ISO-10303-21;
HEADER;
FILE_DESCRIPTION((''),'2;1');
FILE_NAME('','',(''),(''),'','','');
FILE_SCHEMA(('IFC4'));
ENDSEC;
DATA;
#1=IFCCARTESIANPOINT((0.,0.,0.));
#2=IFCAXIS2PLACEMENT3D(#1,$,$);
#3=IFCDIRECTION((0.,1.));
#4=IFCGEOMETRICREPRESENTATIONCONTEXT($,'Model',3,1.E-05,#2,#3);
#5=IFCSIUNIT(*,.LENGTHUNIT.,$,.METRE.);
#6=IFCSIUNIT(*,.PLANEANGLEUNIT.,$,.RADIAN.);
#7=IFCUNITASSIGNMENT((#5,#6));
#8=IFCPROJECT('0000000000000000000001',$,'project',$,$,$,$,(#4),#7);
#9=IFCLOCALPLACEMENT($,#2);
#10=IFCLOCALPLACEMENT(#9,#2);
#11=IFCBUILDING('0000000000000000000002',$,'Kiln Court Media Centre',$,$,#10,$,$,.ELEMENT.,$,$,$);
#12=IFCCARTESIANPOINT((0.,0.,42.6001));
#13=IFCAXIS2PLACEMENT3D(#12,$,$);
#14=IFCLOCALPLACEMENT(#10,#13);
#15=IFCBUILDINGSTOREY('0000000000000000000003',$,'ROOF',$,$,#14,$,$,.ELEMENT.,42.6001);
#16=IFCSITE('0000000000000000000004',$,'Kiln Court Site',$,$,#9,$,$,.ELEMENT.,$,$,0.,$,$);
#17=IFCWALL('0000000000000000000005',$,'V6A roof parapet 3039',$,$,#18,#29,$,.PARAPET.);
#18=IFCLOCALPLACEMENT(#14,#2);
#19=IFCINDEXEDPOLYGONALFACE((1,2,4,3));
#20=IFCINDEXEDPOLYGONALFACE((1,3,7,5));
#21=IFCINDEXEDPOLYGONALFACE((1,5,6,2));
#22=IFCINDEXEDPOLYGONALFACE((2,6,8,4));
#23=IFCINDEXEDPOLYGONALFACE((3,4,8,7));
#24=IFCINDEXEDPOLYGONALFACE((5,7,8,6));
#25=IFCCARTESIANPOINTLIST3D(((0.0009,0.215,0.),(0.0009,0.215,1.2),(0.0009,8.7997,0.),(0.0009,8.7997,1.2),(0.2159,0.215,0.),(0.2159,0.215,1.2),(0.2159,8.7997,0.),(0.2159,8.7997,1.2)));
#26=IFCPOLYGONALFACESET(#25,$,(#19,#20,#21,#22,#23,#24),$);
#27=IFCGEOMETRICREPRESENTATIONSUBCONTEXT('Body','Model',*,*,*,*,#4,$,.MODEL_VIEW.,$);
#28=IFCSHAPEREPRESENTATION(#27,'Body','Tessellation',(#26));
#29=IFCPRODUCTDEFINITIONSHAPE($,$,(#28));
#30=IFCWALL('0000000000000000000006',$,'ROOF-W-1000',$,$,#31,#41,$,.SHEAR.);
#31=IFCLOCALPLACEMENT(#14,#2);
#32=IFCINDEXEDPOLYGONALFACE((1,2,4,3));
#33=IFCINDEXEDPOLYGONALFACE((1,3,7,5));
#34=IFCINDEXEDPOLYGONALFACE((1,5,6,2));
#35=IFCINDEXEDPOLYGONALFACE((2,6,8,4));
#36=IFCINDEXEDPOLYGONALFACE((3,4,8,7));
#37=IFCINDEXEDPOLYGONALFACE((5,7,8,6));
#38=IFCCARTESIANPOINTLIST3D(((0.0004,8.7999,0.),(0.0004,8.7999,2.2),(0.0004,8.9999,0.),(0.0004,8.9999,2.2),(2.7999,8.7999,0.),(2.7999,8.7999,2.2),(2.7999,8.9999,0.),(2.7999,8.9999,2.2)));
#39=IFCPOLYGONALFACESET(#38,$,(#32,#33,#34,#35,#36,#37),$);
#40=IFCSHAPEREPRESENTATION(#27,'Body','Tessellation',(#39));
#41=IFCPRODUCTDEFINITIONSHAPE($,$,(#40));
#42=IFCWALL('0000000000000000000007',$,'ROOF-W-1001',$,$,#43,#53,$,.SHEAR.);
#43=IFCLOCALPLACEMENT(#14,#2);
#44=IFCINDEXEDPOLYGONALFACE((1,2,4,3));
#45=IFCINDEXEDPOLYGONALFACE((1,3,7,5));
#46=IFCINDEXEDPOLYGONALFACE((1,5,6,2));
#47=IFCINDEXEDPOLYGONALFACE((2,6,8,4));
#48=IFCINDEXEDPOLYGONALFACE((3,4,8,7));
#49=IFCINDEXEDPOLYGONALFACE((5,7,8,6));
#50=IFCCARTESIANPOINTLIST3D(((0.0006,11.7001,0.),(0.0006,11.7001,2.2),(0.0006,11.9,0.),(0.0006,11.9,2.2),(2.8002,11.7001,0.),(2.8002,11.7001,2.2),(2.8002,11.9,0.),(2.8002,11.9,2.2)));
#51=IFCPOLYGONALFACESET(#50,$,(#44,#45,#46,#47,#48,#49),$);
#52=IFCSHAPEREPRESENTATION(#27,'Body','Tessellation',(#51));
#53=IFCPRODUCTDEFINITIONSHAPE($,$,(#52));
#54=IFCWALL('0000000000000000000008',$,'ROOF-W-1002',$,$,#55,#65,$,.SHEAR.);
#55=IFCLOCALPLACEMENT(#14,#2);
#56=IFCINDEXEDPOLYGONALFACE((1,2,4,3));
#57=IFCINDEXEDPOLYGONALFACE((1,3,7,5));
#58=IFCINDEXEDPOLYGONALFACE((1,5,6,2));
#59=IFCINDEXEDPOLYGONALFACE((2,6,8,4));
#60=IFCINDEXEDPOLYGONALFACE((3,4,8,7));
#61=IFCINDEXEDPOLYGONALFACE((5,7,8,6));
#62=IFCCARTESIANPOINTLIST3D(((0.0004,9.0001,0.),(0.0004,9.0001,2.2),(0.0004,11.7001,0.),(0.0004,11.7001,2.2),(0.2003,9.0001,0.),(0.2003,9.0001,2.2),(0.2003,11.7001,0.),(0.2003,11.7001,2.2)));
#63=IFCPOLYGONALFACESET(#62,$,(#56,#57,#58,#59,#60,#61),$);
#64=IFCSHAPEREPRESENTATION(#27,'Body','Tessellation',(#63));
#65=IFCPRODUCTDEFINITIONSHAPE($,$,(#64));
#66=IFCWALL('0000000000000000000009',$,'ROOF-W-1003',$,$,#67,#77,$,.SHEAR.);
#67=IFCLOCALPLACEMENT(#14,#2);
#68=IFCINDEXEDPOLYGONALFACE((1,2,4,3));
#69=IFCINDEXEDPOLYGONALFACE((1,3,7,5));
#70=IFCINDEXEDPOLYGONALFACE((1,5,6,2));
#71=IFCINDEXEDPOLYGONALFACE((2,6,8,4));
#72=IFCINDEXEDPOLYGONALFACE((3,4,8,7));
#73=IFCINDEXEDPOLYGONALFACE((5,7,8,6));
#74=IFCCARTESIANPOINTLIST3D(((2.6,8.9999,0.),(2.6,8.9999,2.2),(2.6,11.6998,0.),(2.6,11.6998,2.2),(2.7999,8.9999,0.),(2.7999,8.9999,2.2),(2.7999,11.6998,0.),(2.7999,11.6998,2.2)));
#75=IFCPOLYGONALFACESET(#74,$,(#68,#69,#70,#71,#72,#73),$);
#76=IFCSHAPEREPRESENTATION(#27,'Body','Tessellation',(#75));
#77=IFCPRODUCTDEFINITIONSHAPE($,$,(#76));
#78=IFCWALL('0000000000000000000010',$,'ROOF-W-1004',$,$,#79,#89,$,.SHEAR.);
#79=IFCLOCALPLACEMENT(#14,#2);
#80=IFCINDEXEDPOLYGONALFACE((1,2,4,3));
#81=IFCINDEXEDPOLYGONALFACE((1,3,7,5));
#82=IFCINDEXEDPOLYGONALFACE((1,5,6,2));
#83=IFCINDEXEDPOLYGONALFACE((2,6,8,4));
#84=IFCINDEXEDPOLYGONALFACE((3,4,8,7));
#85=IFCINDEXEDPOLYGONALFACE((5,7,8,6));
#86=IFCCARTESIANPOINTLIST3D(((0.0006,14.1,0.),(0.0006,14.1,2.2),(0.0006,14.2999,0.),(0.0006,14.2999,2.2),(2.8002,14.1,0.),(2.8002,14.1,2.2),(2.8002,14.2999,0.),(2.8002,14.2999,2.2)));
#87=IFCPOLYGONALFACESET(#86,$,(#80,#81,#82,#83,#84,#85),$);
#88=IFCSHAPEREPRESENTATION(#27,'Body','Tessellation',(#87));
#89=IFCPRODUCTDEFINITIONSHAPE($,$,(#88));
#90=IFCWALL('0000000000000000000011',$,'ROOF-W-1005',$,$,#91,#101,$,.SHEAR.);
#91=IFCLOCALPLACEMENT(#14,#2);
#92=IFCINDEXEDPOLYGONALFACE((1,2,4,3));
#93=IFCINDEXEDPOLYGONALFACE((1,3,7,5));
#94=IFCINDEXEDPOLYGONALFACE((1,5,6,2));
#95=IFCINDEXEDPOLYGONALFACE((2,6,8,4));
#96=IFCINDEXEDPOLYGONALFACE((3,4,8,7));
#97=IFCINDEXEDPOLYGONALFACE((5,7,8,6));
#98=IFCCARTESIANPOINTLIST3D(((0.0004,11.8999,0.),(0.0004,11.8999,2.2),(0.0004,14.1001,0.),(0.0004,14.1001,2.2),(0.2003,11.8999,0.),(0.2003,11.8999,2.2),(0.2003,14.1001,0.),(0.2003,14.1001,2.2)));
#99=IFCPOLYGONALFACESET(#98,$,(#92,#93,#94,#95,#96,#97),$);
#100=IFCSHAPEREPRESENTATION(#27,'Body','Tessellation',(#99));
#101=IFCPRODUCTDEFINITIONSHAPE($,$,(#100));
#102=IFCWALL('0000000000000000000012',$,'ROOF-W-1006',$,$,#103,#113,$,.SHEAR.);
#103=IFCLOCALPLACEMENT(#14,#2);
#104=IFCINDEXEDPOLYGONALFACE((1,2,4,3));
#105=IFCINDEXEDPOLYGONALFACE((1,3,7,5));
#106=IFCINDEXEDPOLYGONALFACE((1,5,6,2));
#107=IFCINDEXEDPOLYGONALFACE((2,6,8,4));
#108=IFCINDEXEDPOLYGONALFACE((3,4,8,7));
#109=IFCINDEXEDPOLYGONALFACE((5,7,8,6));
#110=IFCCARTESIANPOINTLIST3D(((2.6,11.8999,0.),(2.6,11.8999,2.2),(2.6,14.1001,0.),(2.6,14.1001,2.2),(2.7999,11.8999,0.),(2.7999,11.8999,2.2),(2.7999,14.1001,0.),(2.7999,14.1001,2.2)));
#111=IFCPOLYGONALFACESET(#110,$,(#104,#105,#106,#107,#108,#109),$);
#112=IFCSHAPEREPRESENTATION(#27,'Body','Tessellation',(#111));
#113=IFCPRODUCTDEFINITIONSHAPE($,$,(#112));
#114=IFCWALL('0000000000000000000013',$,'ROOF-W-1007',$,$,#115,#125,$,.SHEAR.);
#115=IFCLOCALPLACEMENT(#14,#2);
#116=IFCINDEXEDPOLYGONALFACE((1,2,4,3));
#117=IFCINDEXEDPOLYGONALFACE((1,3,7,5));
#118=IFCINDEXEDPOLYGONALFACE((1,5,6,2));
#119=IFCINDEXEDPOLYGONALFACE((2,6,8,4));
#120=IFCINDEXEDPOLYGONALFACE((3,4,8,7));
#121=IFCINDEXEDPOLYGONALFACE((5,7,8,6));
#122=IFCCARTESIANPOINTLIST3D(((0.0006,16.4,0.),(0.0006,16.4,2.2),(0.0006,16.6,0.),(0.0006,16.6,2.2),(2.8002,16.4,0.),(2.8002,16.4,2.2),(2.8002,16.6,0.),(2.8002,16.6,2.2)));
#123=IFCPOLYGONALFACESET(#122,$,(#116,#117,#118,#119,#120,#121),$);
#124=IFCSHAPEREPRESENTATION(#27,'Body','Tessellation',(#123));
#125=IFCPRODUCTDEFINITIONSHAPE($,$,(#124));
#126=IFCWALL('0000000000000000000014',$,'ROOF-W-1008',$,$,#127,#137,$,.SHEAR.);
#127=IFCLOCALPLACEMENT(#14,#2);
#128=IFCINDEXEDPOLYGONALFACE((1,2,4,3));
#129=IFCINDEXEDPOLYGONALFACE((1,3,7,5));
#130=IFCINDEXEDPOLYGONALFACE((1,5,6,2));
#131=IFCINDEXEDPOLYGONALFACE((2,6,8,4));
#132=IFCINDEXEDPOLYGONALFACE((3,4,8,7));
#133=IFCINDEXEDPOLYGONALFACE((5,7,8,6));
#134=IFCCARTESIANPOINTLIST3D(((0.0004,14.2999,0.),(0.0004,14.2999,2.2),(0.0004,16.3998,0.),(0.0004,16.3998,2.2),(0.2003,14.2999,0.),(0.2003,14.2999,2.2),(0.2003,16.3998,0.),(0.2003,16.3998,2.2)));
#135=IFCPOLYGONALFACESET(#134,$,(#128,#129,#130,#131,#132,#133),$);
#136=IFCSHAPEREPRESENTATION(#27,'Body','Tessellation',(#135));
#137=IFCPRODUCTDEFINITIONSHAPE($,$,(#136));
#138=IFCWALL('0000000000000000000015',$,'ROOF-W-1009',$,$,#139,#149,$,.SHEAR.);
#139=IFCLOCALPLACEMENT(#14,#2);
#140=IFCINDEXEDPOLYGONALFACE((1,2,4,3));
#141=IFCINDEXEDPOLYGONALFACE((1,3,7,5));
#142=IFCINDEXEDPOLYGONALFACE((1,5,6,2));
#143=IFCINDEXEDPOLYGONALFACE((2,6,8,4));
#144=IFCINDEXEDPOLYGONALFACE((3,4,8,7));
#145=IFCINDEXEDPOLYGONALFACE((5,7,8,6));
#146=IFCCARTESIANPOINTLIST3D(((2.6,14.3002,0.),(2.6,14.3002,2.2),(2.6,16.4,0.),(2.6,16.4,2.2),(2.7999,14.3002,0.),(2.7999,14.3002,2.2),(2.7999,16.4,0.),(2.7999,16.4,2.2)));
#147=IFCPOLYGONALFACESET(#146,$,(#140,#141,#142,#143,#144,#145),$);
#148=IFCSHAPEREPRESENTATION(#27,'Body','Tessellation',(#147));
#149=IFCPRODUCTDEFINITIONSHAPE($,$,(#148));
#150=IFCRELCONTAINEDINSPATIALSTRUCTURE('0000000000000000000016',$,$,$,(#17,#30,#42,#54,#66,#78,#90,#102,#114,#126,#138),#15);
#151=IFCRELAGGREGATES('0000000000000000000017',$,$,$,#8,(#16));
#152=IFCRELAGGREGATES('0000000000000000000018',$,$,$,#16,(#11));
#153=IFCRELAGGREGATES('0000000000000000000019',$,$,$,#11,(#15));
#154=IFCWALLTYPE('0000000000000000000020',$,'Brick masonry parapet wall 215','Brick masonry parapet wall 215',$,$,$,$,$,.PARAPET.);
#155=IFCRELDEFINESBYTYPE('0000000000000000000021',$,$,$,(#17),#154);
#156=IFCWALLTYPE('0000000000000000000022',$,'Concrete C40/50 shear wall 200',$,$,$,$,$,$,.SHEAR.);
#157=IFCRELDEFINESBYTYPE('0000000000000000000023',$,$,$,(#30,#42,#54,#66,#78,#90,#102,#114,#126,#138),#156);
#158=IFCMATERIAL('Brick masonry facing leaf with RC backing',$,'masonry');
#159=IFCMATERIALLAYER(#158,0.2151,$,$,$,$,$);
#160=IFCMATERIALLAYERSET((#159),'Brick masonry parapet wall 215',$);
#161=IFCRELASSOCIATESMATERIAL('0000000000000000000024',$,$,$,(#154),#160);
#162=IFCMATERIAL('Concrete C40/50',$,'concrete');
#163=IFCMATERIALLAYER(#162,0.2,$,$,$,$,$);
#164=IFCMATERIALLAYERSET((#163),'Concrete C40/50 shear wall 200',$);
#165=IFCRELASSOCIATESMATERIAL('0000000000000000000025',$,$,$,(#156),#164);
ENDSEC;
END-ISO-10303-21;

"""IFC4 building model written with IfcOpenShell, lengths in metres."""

from ifc_helpers import new_model, si_unit, direction, frame, frame_2d, origin, place, context, subcontext, project, spatial, rectangle, extrude, material, layer, layer_set, type_object, element, save


model = new_model("IFC4")

# Units and contexts
model_context = context("Model", 3, precision=1e-05, world=origin(), true_north=direction((0.0, 1.0)))
body_context = subcontext(model_context, "Body", "Model", "MODEL_VIEW")
ifc_project = project(units=[si_unit("LENGTHUNIT", "METRE"), si_unit("PLANEANGLEUNIT", "RADIAN")], contexts=[model_context])

# Site, building, storey
site_placement = place(None, origin())
site = spatial("IfcSite", under=ifc_project, at=site_placement, Name="Kiln Court Site", CompositionType="ELEMENT", RefElevation=0.0)
building_placement = place(site_placement, origin())
building = spatial("IfcBuilding", under=site, at=building_placement, Name="Kiln Court Media Centre", CompositionType="ELEMENT")
storey_placement = place(building_placement, frame((0.0, 0.0, 42.6001)))
storey = spatial("IfcBuildingStorey", under=building, at=storey_placement, Name="ROOF", CompositionType="ELEMENT", Elevation=42.6001)

# Walls
ifc_material_1 = material(Name="Brick masonry facing leaf with RC backing", Category="masonry")
ifc_layer_1 = layer(ifc_material_1, 0.2151)
ifc_layer_set_1 = layer_set([ifc_layer_1], Name="Brick masonry parapet wall 215")
wall_type_1 = type_object("IfcWallType", Name="Brick masonry parapet wall 215", Description="Brick masonry parapet wall 215", PredefinedType="PARAPET", material=ifc_layer_set_1)
wall_1_placement = place(storey_placement, frame((0.1084, 8.7998, 0.0), z_axis=(0.0, 0.0, 1.0), x_axis=(0.0, -1.0, 0.0)))
element("IfcWall", 1, at=wall_1_placement, inside=storey, type_object=wall_type_1, Name="V6A roof parapet 3039", PredefinedType="PARAPET", context=body_context, shape_type="SweptSolid", body=[
    extrude(rectangle(XDim=8.5847, YDim=0.2151, at=frame_2d((4.2925, 0.0))), origin(), (0.0, 0.0, 1.0), 1.2),
])
ifc_material_2 = material(Name="Concrete C40/50", Category="concrete")
ifc_layer_2 = layer(ifc_material_2, 0.2)
ifc_layer_set_2 = layer_set([ifc_layer_2], Name="Concrete C40/50 shear wall 200")
wall_type_2 = type_object("IfcWallType", Name="Concrete C40/50 shear wall 200", PredefinedType="SHEAR", material=ifc_layer_set_2)
for number, where, z_axis, x_axis, name in (
    (2, (2.8, 8.8999, 0.0), (0.0, 0.0, 1.0), (-1.0, 0.0, 0.0), "ROOF-W-1000"),
    (3, (0.0005, 11.8, 0.0), (0.0, 0.0, 1.0), (1.0, 0.0, 0.0), "ROOF-W-1001"),
):
    element("IfcWall", number, at=place(storey_placement, frame(where, z_axis=z_axis, x_axis=x_axis)), inside=storey, type_object=wall_type_2, Name=name, PredefinedType="SHEAR", context=body_context, shape_type="SweptSolid", body=[
        extrude(rectangle(XDim=2.7996, YDim=0.2, at=frame_2d((1.3999, 0.0))), origin(), (0.0, 0.0, 1.0), 2.2),
    ])
for number, where, z_axis, x_axis, name in (
    (4, (0.1003, 9.0, 0.0), (0.0, 0.0, 1.0), (0.0, 1.0, 0.0), "ROOF-W-1002"),
    (5, (2.7, 11.7, 0.0), (0.0, 0.0, 1.0), (0.0, -1.0, 0.0), "ROOF-W-1003"),
):
    element("IfcWall", number, at=place(storey_placement, frame(where, z_axis=z_axis, x_axis=x_axis)), inside=storey, type_object=wall_type_2, Name=name, PredefinedType="SHEAR", context=body_context, shape_type="SweptSolid", body=[
        extrude(rectangle(XDim=2.7, YDim=0.2, at=frame_2d((1.3501, 0.0))), origin(), (0.0, 0.0, 1.0), 2.2),
    ])
wall_2_placement = place(storey_placement, frame((0.0005, 14.2, 0.0), z_axis=(0.0, 0.0, 1.0), x_axis=(1.0, 0.0, 0.0)))
element("IfcWall", 6, at=wall_2_placement, inside=storey, type_object=wall_type_2, Name="ROOF-W-1004", PredefinedType="SHEAR", context=body_context, shape_type="SweptSolid", body=[
    extrude(rectangle(XDim=2.7996, YDim=0.2, at=frame_2d((1.3999, 0.0))), origin(), (0.0, 0.0, 1.0), 2.2),
])
for number, where, z_axis, x_axis, name in (
    (7, (0.1003, 11.8999, 0.0), (0.0, 0.0, 1.0), (0.0, 1.0, 0.0), "ROOF-W-1005"),
    (8, (2.7, 14.1001, 0.0), (0.0, 0.0, 1.0), (0.0, -1.0, 0.0), "ROOF-W-1006"),
):
    element("IfcWall", number, at=place(storey_placement, frame(where, z_axis=z_axis, x_axis=x_axis)), inside=storey, type_object=wall_type_2, Name=name, PredefinedType="SHEAR", context=body_context, shape_type="SweptSolid", body=[
        extrude(rectangle(XDim=2.2002, YDim=0.2, at=frame_2d((1.1001, 0.0))), origin(), (0.0, 0.0, 1.0), 2.2),
    ])
wall_3_placement = place(storey_placement, frame((0.0005, 16.5, 0.0), z_axis=(0.0, 0.0, 1.0), x_axis=(1.0, 0.0, 0.0)))
element("IfcWall", 9, at=wall_3_placement, inside=storey, type_object=wall_type_2, Name="ROOF-W-1007", PredefinedType="SHEAR", context=body_context, shape_type="SweptSolid", body=[
    extrude(rectangle(XDim=2.7996, YDim=0.2, at=frame_2d((1.3999, 0.0))), origin(), (0.0, 0.0, 1.0), 2.2),
])
for number, where, z_axis, x_axis, name in (
    (10, (0.1003, 14.3, 0.0), (0.0, 0.0, 1.0), (0.0, 1.0, 0.0), "ROOF-W-1008"),
    (11, (2.7, 16.3999, 0.0), (0.0, 0.0, 1.0), (0.0, -1.0, 0.0), "ROOF-W-1009"),
):
    element("IfcWall", number, at=place(storey_placement, frame(where, z_axis=z_axis, x_axis=x_axis)), inside=storey, type_object=wall_type_2, Name=name, PredefinedType="SHEAR", context=body_context, shape_type="SweptSolid", body=[
        extrude(rectangle(XDim=2.0999, YDim=0.2, at=frame_2d((1.0498, 0.0))), origin(), (0.0, 0.0, 1.0), 2.2),
    ])

save(model, "model.ifc")
